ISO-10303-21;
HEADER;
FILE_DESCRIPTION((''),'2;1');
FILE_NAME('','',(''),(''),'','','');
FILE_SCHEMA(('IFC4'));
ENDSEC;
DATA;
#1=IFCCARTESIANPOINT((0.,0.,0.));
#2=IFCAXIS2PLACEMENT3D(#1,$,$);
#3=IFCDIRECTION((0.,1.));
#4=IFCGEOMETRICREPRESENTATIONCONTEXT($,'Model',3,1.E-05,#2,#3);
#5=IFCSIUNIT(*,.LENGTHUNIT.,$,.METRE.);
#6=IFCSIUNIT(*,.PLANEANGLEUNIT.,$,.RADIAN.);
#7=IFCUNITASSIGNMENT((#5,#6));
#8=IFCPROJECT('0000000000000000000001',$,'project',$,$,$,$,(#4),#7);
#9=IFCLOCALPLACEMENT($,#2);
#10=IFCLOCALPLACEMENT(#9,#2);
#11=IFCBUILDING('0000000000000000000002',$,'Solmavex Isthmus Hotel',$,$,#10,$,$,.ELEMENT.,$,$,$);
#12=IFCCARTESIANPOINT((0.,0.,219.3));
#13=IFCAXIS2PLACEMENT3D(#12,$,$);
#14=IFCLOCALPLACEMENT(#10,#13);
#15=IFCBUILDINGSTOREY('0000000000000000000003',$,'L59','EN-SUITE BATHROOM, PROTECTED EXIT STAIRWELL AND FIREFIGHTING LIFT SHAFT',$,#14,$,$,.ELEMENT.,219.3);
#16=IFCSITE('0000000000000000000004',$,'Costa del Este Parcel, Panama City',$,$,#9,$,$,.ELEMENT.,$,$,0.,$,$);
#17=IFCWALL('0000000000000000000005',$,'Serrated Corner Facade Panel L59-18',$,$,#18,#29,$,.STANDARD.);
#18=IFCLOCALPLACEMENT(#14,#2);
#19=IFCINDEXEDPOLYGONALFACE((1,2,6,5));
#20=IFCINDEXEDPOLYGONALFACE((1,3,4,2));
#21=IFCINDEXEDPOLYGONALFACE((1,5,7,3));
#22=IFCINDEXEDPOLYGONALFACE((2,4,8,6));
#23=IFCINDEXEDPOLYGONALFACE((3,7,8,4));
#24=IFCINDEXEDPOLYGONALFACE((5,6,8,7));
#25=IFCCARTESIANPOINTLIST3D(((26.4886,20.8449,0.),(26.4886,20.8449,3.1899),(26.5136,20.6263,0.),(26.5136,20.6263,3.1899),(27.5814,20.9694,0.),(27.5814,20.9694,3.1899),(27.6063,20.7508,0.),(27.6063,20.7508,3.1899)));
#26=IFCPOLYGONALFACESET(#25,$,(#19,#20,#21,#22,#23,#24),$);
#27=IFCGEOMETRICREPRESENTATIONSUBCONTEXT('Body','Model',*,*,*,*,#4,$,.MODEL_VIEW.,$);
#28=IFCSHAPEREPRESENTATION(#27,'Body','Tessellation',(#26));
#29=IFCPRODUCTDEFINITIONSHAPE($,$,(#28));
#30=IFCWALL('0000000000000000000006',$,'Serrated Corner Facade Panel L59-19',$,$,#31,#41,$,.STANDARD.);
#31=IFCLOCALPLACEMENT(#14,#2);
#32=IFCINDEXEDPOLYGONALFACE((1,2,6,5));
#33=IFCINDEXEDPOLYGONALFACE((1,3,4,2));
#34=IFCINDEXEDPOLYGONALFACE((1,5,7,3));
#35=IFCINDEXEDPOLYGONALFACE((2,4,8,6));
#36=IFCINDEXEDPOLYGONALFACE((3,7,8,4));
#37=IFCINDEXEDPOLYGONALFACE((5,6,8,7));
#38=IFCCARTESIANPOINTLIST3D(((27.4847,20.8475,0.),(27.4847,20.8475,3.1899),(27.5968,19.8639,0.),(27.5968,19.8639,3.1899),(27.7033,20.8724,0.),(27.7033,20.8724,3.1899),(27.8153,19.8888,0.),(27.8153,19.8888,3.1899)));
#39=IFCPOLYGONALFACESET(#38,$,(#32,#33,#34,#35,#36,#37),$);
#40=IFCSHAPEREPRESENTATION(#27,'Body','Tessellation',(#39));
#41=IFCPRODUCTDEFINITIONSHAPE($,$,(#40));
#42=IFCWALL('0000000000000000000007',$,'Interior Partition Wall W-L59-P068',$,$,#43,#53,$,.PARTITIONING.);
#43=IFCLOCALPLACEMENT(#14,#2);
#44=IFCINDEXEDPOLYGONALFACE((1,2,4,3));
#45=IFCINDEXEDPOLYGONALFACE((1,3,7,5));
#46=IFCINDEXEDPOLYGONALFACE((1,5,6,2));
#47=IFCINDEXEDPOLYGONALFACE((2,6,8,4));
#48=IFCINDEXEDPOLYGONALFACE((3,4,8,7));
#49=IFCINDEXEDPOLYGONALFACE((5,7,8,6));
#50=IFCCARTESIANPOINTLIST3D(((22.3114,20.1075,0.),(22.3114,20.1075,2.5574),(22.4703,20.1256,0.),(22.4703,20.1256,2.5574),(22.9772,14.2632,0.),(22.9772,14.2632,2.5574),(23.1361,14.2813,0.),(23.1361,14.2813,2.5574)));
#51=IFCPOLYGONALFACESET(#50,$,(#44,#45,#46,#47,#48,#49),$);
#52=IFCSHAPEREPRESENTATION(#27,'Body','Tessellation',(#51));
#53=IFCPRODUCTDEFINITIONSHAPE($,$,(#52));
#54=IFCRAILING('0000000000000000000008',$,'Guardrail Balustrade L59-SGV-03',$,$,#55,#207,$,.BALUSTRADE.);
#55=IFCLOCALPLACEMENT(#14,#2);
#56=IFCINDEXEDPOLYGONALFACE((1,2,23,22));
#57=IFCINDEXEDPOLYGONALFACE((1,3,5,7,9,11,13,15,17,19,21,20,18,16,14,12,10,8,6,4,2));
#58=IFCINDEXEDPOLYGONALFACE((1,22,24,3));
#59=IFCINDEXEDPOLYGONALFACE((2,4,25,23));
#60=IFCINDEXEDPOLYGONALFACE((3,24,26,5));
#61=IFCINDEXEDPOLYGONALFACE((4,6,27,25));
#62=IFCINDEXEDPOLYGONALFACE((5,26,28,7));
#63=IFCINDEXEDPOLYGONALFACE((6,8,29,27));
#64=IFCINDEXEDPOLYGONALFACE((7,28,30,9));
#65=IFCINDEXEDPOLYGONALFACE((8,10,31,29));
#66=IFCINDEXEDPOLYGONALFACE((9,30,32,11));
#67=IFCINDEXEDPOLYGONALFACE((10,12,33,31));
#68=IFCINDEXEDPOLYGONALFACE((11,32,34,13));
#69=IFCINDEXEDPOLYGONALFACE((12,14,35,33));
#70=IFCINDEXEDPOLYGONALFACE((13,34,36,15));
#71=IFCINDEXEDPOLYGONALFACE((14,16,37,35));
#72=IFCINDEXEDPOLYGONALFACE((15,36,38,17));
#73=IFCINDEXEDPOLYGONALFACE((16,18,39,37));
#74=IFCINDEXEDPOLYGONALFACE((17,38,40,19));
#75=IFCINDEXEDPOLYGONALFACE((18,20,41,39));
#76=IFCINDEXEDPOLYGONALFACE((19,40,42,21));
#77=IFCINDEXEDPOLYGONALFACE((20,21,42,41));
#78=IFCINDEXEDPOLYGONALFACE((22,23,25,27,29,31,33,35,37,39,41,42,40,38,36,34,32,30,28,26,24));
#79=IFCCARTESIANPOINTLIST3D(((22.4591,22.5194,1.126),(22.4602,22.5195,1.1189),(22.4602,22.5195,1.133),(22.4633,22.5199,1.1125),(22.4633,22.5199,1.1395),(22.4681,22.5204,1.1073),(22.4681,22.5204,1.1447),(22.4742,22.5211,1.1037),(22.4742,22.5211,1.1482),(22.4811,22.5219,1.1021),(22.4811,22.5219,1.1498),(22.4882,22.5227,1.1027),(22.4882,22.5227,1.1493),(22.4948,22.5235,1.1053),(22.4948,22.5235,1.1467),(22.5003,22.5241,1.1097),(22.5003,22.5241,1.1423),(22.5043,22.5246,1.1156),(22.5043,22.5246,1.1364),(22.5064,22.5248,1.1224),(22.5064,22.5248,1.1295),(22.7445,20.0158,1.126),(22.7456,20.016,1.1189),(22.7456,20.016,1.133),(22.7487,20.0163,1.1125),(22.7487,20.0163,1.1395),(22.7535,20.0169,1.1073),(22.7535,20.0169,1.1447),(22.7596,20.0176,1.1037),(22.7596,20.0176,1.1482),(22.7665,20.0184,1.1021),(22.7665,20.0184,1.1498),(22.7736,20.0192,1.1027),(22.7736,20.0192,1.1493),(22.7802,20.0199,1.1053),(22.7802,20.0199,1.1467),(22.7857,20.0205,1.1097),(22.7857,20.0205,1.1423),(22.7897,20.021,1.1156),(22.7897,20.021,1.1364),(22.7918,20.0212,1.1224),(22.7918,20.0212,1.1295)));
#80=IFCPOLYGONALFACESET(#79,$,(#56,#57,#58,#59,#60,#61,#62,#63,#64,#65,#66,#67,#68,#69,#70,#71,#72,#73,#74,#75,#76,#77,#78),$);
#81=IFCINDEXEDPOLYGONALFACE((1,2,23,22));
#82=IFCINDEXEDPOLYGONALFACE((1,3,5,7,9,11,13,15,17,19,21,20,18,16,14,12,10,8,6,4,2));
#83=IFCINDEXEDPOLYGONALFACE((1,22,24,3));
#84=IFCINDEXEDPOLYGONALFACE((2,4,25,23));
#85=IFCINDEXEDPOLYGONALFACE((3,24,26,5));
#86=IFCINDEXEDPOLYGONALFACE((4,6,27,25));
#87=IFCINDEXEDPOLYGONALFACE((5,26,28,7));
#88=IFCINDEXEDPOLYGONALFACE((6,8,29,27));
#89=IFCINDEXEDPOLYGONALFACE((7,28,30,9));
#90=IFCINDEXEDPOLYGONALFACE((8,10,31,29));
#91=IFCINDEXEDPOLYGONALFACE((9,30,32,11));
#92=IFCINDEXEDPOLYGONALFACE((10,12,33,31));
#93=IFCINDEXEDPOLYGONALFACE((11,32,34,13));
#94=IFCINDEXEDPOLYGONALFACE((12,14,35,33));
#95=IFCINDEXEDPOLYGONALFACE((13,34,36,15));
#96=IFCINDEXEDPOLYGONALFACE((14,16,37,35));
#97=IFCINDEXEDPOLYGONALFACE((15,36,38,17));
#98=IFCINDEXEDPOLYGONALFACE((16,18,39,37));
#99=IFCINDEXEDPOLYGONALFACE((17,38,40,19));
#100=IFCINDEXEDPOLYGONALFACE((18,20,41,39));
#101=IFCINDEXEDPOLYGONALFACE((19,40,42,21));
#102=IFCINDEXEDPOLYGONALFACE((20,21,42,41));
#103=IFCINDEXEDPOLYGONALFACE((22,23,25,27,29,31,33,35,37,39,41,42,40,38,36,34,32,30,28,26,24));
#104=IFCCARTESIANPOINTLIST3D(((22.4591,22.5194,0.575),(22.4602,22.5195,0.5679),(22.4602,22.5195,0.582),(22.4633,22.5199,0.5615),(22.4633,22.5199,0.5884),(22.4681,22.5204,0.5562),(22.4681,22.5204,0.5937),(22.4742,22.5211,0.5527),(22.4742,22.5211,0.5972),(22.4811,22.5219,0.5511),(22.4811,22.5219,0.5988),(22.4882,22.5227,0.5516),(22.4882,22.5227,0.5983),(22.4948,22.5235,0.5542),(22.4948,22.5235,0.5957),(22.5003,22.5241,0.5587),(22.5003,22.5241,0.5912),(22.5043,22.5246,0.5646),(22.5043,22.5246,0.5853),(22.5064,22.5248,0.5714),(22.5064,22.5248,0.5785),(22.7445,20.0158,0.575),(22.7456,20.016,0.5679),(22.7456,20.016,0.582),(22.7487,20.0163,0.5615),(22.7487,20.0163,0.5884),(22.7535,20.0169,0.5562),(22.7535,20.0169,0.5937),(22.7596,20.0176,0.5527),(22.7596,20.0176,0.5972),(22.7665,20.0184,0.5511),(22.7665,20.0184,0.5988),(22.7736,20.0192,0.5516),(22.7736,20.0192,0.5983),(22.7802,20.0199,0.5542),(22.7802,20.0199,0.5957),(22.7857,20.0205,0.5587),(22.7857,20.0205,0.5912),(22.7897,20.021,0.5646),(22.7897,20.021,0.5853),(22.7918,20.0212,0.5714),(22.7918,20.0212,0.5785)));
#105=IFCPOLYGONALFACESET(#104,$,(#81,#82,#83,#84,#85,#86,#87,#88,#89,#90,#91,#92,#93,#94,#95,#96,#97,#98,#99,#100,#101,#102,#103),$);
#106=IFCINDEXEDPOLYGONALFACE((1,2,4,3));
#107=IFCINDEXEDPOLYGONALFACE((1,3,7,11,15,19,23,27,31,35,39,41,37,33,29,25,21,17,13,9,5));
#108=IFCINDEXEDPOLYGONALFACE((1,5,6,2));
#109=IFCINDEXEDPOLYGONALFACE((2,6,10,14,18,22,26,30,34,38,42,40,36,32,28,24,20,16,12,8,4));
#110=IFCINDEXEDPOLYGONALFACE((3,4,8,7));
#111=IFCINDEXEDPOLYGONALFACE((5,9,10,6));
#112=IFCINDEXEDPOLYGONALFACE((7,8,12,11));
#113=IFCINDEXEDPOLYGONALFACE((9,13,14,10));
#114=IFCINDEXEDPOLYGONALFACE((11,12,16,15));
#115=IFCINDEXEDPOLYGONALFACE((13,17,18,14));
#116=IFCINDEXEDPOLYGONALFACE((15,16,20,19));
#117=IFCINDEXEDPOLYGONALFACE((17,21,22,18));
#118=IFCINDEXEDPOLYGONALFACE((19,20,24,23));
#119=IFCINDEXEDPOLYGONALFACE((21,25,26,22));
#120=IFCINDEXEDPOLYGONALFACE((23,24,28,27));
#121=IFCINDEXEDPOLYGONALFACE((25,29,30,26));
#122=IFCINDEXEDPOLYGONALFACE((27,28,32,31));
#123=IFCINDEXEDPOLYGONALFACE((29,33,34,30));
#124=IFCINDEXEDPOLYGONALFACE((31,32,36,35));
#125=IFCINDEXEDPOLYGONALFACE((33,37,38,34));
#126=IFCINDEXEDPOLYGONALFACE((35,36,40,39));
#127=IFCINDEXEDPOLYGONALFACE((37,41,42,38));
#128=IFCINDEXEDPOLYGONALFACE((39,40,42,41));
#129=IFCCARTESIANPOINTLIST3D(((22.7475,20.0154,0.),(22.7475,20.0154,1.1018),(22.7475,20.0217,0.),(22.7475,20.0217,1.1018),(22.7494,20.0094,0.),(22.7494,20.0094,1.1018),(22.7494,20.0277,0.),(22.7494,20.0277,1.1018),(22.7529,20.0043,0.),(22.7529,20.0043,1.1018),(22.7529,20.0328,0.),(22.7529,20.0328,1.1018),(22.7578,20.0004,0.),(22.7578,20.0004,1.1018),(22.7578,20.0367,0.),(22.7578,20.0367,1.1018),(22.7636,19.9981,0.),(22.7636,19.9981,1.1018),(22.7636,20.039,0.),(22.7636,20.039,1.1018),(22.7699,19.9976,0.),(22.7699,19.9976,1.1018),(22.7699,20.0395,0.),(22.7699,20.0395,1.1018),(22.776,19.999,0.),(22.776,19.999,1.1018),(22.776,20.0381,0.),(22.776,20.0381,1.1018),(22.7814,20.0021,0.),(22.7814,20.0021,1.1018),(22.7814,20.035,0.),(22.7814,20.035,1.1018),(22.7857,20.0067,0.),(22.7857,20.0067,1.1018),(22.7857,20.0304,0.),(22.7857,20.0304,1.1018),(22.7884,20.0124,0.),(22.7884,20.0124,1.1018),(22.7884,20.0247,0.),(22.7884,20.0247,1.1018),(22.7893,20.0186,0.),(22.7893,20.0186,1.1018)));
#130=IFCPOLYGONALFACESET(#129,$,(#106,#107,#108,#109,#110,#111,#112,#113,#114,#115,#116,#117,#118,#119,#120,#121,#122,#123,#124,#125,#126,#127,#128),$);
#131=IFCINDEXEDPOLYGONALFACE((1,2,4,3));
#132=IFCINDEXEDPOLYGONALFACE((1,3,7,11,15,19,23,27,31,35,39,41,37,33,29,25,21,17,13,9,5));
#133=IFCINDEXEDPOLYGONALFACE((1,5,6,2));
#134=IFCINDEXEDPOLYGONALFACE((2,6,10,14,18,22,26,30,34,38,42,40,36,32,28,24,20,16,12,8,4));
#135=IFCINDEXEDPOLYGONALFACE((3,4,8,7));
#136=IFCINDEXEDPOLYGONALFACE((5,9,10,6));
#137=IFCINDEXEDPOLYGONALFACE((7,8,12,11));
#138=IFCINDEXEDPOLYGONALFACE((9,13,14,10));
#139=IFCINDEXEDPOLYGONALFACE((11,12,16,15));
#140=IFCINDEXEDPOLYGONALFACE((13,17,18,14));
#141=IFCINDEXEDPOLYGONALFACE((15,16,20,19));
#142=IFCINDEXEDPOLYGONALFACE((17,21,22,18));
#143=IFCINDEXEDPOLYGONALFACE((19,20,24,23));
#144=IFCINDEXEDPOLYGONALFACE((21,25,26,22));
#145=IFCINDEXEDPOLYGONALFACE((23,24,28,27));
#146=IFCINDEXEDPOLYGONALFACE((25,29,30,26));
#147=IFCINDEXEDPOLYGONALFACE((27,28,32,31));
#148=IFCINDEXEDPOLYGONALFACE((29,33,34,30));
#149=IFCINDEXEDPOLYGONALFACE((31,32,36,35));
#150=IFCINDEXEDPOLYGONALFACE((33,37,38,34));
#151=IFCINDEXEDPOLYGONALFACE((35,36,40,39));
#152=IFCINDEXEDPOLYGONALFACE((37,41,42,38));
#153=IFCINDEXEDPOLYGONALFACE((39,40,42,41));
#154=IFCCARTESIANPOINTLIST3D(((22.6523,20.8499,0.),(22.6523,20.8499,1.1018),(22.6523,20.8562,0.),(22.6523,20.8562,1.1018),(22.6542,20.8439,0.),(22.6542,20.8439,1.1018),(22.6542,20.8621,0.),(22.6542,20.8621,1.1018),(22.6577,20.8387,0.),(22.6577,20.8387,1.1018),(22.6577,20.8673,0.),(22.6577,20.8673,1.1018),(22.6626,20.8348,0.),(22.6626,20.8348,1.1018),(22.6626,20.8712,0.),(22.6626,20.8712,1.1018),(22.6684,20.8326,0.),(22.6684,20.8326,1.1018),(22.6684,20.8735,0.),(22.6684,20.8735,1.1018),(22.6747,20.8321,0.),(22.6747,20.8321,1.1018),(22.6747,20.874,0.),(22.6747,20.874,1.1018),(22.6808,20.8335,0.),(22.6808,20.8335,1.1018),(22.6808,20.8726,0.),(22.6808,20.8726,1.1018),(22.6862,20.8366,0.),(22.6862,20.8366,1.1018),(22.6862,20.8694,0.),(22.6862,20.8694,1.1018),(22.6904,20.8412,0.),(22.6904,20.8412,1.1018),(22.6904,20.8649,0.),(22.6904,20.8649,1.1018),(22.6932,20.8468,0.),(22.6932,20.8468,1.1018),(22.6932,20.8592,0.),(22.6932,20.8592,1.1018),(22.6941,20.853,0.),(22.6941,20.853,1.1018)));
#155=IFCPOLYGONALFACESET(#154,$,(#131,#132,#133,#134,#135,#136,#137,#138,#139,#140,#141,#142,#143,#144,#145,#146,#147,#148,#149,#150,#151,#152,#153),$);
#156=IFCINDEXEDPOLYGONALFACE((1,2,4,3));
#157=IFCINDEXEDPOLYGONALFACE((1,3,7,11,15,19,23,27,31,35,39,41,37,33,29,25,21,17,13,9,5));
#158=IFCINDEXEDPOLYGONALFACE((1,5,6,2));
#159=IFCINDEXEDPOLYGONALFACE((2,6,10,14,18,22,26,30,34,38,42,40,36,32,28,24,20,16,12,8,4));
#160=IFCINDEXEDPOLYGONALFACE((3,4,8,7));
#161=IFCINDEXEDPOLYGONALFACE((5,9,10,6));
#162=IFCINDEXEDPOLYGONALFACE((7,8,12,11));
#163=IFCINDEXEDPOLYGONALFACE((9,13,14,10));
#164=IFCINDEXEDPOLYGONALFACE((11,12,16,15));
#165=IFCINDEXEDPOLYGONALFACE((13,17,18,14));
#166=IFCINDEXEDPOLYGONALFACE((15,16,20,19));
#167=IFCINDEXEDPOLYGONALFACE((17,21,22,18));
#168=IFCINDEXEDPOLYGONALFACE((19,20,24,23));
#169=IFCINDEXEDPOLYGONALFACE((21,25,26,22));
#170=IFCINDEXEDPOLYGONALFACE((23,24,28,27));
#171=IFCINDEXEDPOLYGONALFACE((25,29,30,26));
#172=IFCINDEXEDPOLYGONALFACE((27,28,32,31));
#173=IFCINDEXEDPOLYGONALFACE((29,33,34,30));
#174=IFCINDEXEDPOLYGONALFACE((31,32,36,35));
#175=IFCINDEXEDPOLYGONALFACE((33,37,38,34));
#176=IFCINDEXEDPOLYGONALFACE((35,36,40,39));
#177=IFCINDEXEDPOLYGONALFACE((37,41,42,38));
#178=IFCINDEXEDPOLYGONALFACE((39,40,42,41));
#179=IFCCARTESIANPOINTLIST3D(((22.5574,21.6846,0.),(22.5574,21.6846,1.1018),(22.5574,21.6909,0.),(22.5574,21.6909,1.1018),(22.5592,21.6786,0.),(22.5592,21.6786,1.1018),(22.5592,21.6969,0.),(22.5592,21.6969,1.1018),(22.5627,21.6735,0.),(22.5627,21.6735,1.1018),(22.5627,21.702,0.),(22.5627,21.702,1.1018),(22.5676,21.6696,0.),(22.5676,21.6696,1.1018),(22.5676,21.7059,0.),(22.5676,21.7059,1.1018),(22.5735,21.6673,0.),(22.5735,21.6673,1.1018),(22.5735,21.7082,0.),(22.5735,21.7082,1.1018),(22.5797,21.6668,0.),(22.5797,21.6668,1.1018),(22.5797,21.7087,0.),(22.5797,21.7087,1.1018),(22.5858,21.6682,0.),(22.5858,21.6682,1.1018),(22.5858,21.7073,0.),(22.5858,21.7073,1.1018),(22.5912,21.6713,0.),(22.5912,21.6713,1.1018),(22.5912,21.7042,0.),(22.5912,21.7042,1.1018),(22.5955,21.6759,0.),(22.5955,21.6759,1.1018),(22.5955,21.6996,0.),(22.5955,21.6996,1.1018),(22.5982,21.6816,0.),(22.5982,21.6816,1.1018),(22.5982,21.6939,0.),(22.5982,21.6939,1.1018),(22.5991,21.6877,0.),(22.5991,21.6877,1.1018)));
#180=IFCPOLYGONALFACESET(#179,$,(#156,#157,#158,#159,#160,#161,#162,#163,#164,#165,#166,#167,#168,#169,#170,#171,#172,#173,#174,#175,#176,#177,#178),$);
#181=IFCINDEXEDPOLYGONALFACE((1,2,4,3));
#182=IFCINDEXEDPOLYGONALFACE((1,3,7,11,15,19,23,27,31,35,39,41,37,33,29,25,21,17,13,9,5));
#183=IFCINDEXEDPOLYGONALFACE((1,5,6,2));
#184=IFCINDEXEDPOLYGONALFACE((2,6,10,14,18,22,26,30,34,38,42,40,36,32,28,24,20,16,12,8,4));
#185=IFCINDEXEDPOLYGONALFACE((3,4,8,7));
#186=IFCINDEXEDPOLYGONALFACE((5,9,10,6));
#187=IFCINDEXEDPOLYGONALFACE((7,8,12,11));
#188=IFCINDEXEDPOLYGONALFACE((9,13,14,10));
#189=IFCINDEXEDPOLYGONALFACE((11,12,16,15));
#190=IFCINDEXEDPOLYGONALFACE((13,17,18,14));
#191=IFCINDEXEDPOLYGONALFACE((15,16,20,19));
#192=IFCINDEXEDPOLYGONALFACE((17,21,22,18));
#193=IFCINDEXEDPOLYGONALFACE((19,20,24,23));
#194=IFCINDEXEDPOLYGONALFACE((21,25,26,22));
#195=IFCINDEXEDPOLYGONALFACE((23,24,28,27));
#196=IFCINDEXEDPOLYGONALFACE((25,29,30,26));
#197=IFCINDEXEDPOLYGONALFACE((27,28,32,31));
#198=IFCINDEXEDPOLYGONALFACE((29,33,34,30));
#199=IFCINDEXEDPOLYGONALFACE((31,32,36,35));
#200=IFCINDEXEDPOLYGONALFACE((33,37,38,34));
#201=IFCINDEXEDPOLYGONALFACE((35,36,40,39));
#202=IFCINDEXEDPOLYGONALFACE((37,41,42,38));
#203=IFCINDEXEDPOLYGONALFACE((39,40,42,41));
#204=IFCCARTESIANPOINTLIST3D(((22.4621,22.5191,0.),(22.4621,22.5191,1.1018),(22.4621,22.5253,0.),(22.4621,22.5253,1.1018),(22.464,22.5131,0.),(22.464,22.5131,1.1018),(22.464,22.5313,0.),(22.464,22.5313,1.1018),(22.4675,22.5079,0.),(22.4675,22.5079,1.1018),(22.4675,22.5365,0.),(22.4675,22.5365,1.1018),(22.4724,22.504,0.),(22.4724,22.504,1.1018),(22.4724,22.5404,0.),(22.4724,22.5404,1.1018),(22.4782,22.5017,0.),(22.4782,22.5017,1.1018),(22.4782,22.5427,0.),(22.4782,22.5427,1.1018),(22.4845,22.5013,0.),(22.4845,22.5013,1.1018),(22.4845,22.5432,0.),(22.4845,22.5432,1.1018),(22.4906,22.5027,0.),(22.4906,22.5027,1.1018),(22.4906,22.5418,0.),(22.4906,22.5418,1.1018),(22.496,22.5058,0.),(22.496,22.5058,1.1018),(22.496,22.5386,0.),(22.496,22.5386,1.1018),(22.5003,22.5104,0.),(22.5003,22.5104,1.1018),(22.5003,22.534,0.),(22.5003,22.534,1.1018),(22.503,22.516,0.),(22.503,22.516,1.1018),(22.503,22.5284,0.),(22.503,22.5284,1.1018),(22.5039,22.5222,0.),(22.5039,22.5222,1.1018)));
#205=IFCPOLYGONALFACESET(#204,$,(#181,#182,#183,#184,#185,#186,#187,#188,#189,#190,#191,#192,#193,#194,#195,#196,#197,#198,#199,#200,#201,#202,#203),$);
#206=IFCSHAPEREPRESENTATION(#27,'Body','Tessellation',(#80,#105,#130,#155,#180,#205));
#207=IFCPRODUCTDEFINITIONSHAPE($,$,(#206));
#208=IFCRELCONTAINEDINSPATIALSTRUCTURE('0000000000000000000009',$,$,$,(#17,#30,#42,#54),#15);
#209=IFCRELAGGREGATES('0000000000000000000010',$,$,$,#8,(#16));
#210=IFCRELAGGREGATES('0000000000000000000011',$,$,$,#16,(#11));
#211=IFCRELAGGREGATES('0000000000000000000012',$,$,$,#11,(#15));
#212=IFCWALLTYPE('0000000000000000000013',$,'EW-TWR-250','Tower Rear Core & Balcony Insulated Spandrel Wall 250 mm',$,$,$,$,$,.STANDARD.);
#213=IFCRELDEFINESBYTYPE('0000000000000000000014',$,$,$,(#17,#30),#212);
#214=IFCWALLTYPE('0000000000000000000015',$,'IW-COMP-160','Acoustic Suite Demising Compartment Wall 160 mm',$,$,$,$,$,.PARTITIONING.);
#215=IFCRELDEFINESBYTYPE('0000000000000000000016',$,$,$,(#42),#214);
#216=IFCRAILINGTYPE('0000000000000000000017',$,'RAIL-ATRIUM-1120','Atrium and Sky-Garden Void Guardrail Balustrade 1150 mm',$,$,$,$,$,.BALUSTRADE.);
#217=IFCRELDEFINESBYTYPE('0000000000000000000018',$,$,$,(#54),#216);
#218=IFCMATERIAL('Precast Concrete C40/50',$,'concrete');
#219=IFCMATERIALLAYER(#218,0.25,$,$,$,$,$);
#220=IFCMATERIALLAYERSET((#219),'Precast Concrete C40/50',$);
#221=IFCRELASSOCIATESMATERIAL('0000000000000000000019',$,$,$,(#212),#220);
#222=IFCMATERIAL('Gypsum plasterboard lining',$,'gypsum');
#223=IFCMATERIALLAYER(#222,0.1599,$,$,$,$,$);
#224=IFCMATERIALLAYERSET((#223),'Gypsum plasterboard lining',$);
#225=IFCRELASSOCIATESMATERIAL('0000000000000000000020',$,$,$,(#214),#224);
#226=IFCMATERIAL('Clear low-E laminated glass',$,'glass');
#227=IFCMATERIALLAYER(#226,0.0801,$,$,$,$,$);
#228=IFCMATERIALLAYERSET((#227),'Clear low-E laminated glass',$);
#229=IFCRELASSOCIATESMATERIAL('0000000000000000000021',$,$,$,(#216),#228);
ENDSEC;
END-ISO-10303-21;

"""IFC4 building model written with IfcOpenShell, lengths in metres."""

from ifc_helpers import new_model, si_unit, direction, frame, frame_2d, origin, origin_2d, place, context, subcontext, project, spatial, rectangle, circle, extrude, material, layer, layer_set, type_object, element, save


model = new_model("IFC4")

# Units and contexts
model_context = context("Model", 3, precision=1e-05, world=origin(), true_north=direction((0.0, 1.0)))
body_context = subcontext(model_context, "Body", "Model", "MODEL_VIEW")
ifc_project = project(units=[si_unit("LENGTHUNIT", "METRE"), si_unit("PLANEANGLEUNIT", "RADIAN")], contexts=[model_context])

# Site, building, storey
site_placement = place(None, origin())
site = spatial("IfcSite", under=ifc_project, at=site_placement, Name="Costa del Este Parcel, Panama City", CompositionType="ELEMENT", RefElevation=0.0)
building_placement = place(site_placement, origin())
building = spatial("IfcBuilding", under=site, at=building_placement, Name="Solmavex Isthmus Hotel", CompositionType="ELEMENT")
storey_placement = place(building_placement, frame((0.0, 0.0, 219.3)))
storey = spatial("IfcBuildingStorey", under=building, at=storey_placement, Name="L59", Description="EN-SUITE BATHROOM, PROTECTED EXIT STAIRWELL AND FIREFIGHTING LIFT SHAFT", CompositionType="ELEMENT", Elevation=219.3)

# Shared definitions
ifc_material_1 = material(Name="Clear low-E laminated glass", Category="glass")

# Shared definitions
ifc_material_2 = material(Name="Precast Concrete C40/50", Category="concrete")
ifc_layer_1 = layer(ifc_material_2, 0.25)
ifc_layer_set_1 = layer_set([ifc_layer_1], Name="Precast Concrete C40/50")
wall_type_1 = type_object("IfcWallType", Name="EW-TWR-250", Description="Tower Rear Core & Balcony Insulated Spandrel Wall 250 mm", PredefinedType="STANDARD", material=ifc_layer_set_1)

# Walls
wall_1_placement = place(storey_placement, frame((26.5012, 20.7356, 0.0), z_axis=(0.0, 0.0, 1.0), x_axis=(0.993571, 0.113209, 0.0)))
element("IfcWall", 1, at=wall_1_placement, inside=storey, type_object=wall_type_1, Name="Serrated Corner Facade Panel L59-18", PredefinedType="STANDARD", context=body_context, shape_type="SweptSolid", body=[
    extrude(rectangle(XDim=1.0999, YDim=0.22, at=frame_2d((0.5498, 0.0))), origin(), (0.0, 0.0, 1.0), 3.1899),
])
wall_2_placement = place(storey_placement, frame((27.594, 20.8601, 0.0), z_axis=(0.0, 0.0, 1.0), x_axis=(0.113192, -0.993573, 0.0)))
element("IfcWall", 2, at=wall_2_placement, inside=storey, type_object=wall_type_1, Name="Serrated Corner Facade Panel L59-19", PredefinedType="STANDARD", context=body_context, shape_type="SweptSolid", body=[
    extrude(rectangle(XDim=0.99, YDim=0.22, at=frame_2d((0.4951, 0.0))), origin(), (0.0, 0.0, 1.0), 3.1899),
])
ifc_material_3 = material(Name="Gypsum plasterboard lining", Category="gypsum")
ifc_layer_2 = layer(ifc_material_3, 0.1599)
ifc_layer_set_2 = layer_set([ifc_layer_2], Name="Gypsum plasterboard lining")
wall_type_2 = type_object("IfcWallType", Name="IW-COMP-160", Description="Acoustic Suite Demising Compartment Wall 160 mm", PredefinedType="PARTITIONING", material=ifc_layer_set_2)
wall_3_placement = place(storey_placement, frame((22.3909, 20.1165, 0.0), z_axis=(0.0, 0.0, 1.0), x_axis=(0.113187, -0.993574, 0.0)))
element("IfcWall", 3, at=wall_3_placement, inside=storey, type_object=wall_type_2, Name="Interior Partition Wall W-L59-P068", PredefinedType="PARTITIONING", context=body_context, shape_type="SweptSolid", body=[
    extrude(rectangle(XDim=5.8821, YDim=0.1599, at=frame_2d((2.9409, 0.0))), origin(), (0.0, 0.0, 1.0), 2.5574),
])

# Railing
ifc_layer_3 = layer(ifc_material_1, 0.0801)
ifc_layer_set_3 = layer_set([ifc_layer_3], Name="Clear low-E laminated glass")
railing_type = type_object("IfcRailingType", Name="RAIL-ATRIUM-1120", Description="Atrium and Sky-Garden Void Guardrail Balustrade 1150 mm", PredefinedType="BALUSTRADE", material=ifc_layer_set_3)
railing_placement = place(storey_placement, frame((22.7683, 20.0186, 0.0)))
element("IfcRailing", 4, at=railing_placement, inside=storey, type_object=railing_type, Name="Guardrail Balustrade L59-SGV-03", PredefinedType="BALUSTRADE", context=body_context, shape_type="SweptSolid", body=[
    extrude(circle(Radius=0.0239, at=origin_2d()), frame((0.0, 0.0, 1.126), z_axis=(-0.11326, 0.993565, 0.0), x_axis=(-0.993565, -0.11326, 0.0)), (0.0, 0.0, 1.0), 2.5198),
    extrude(circle(Radius=0.0239, at=origin_2d()), frame((0.0, 0.0, 0.575), z_axis=(-0.11326, 0.993565, 0.0), x_axis=(-0.993565, -0.11326, 0.0)), (0.0, 0.0, 1.0), 2.5198),
    extrude(circle(Radius=0.021, at=origin_2d()), origin(), (0.0, 0.0, 1.0), 1.1018),
    extrude(circle(Radius=0.021, at=origin_2d()), frame((-0.0952, 0.8345, 0.0)), (0.0, 0.0, 1.0), 1.1018),
    extrude(circle(Radius=0.021, at=origin_2d()), frame((-0.1902, 1.6692, 0.0)), (0.0, 0.0, 1.0), 1.1018),
    extrude(circle(Radius=0.021, at=origin_2d()), frame((-0.2854, 2.5037, 0.0)), (0.0, 0.0, 1.0), 1.1018),
])

save(model, "model.ifc")
